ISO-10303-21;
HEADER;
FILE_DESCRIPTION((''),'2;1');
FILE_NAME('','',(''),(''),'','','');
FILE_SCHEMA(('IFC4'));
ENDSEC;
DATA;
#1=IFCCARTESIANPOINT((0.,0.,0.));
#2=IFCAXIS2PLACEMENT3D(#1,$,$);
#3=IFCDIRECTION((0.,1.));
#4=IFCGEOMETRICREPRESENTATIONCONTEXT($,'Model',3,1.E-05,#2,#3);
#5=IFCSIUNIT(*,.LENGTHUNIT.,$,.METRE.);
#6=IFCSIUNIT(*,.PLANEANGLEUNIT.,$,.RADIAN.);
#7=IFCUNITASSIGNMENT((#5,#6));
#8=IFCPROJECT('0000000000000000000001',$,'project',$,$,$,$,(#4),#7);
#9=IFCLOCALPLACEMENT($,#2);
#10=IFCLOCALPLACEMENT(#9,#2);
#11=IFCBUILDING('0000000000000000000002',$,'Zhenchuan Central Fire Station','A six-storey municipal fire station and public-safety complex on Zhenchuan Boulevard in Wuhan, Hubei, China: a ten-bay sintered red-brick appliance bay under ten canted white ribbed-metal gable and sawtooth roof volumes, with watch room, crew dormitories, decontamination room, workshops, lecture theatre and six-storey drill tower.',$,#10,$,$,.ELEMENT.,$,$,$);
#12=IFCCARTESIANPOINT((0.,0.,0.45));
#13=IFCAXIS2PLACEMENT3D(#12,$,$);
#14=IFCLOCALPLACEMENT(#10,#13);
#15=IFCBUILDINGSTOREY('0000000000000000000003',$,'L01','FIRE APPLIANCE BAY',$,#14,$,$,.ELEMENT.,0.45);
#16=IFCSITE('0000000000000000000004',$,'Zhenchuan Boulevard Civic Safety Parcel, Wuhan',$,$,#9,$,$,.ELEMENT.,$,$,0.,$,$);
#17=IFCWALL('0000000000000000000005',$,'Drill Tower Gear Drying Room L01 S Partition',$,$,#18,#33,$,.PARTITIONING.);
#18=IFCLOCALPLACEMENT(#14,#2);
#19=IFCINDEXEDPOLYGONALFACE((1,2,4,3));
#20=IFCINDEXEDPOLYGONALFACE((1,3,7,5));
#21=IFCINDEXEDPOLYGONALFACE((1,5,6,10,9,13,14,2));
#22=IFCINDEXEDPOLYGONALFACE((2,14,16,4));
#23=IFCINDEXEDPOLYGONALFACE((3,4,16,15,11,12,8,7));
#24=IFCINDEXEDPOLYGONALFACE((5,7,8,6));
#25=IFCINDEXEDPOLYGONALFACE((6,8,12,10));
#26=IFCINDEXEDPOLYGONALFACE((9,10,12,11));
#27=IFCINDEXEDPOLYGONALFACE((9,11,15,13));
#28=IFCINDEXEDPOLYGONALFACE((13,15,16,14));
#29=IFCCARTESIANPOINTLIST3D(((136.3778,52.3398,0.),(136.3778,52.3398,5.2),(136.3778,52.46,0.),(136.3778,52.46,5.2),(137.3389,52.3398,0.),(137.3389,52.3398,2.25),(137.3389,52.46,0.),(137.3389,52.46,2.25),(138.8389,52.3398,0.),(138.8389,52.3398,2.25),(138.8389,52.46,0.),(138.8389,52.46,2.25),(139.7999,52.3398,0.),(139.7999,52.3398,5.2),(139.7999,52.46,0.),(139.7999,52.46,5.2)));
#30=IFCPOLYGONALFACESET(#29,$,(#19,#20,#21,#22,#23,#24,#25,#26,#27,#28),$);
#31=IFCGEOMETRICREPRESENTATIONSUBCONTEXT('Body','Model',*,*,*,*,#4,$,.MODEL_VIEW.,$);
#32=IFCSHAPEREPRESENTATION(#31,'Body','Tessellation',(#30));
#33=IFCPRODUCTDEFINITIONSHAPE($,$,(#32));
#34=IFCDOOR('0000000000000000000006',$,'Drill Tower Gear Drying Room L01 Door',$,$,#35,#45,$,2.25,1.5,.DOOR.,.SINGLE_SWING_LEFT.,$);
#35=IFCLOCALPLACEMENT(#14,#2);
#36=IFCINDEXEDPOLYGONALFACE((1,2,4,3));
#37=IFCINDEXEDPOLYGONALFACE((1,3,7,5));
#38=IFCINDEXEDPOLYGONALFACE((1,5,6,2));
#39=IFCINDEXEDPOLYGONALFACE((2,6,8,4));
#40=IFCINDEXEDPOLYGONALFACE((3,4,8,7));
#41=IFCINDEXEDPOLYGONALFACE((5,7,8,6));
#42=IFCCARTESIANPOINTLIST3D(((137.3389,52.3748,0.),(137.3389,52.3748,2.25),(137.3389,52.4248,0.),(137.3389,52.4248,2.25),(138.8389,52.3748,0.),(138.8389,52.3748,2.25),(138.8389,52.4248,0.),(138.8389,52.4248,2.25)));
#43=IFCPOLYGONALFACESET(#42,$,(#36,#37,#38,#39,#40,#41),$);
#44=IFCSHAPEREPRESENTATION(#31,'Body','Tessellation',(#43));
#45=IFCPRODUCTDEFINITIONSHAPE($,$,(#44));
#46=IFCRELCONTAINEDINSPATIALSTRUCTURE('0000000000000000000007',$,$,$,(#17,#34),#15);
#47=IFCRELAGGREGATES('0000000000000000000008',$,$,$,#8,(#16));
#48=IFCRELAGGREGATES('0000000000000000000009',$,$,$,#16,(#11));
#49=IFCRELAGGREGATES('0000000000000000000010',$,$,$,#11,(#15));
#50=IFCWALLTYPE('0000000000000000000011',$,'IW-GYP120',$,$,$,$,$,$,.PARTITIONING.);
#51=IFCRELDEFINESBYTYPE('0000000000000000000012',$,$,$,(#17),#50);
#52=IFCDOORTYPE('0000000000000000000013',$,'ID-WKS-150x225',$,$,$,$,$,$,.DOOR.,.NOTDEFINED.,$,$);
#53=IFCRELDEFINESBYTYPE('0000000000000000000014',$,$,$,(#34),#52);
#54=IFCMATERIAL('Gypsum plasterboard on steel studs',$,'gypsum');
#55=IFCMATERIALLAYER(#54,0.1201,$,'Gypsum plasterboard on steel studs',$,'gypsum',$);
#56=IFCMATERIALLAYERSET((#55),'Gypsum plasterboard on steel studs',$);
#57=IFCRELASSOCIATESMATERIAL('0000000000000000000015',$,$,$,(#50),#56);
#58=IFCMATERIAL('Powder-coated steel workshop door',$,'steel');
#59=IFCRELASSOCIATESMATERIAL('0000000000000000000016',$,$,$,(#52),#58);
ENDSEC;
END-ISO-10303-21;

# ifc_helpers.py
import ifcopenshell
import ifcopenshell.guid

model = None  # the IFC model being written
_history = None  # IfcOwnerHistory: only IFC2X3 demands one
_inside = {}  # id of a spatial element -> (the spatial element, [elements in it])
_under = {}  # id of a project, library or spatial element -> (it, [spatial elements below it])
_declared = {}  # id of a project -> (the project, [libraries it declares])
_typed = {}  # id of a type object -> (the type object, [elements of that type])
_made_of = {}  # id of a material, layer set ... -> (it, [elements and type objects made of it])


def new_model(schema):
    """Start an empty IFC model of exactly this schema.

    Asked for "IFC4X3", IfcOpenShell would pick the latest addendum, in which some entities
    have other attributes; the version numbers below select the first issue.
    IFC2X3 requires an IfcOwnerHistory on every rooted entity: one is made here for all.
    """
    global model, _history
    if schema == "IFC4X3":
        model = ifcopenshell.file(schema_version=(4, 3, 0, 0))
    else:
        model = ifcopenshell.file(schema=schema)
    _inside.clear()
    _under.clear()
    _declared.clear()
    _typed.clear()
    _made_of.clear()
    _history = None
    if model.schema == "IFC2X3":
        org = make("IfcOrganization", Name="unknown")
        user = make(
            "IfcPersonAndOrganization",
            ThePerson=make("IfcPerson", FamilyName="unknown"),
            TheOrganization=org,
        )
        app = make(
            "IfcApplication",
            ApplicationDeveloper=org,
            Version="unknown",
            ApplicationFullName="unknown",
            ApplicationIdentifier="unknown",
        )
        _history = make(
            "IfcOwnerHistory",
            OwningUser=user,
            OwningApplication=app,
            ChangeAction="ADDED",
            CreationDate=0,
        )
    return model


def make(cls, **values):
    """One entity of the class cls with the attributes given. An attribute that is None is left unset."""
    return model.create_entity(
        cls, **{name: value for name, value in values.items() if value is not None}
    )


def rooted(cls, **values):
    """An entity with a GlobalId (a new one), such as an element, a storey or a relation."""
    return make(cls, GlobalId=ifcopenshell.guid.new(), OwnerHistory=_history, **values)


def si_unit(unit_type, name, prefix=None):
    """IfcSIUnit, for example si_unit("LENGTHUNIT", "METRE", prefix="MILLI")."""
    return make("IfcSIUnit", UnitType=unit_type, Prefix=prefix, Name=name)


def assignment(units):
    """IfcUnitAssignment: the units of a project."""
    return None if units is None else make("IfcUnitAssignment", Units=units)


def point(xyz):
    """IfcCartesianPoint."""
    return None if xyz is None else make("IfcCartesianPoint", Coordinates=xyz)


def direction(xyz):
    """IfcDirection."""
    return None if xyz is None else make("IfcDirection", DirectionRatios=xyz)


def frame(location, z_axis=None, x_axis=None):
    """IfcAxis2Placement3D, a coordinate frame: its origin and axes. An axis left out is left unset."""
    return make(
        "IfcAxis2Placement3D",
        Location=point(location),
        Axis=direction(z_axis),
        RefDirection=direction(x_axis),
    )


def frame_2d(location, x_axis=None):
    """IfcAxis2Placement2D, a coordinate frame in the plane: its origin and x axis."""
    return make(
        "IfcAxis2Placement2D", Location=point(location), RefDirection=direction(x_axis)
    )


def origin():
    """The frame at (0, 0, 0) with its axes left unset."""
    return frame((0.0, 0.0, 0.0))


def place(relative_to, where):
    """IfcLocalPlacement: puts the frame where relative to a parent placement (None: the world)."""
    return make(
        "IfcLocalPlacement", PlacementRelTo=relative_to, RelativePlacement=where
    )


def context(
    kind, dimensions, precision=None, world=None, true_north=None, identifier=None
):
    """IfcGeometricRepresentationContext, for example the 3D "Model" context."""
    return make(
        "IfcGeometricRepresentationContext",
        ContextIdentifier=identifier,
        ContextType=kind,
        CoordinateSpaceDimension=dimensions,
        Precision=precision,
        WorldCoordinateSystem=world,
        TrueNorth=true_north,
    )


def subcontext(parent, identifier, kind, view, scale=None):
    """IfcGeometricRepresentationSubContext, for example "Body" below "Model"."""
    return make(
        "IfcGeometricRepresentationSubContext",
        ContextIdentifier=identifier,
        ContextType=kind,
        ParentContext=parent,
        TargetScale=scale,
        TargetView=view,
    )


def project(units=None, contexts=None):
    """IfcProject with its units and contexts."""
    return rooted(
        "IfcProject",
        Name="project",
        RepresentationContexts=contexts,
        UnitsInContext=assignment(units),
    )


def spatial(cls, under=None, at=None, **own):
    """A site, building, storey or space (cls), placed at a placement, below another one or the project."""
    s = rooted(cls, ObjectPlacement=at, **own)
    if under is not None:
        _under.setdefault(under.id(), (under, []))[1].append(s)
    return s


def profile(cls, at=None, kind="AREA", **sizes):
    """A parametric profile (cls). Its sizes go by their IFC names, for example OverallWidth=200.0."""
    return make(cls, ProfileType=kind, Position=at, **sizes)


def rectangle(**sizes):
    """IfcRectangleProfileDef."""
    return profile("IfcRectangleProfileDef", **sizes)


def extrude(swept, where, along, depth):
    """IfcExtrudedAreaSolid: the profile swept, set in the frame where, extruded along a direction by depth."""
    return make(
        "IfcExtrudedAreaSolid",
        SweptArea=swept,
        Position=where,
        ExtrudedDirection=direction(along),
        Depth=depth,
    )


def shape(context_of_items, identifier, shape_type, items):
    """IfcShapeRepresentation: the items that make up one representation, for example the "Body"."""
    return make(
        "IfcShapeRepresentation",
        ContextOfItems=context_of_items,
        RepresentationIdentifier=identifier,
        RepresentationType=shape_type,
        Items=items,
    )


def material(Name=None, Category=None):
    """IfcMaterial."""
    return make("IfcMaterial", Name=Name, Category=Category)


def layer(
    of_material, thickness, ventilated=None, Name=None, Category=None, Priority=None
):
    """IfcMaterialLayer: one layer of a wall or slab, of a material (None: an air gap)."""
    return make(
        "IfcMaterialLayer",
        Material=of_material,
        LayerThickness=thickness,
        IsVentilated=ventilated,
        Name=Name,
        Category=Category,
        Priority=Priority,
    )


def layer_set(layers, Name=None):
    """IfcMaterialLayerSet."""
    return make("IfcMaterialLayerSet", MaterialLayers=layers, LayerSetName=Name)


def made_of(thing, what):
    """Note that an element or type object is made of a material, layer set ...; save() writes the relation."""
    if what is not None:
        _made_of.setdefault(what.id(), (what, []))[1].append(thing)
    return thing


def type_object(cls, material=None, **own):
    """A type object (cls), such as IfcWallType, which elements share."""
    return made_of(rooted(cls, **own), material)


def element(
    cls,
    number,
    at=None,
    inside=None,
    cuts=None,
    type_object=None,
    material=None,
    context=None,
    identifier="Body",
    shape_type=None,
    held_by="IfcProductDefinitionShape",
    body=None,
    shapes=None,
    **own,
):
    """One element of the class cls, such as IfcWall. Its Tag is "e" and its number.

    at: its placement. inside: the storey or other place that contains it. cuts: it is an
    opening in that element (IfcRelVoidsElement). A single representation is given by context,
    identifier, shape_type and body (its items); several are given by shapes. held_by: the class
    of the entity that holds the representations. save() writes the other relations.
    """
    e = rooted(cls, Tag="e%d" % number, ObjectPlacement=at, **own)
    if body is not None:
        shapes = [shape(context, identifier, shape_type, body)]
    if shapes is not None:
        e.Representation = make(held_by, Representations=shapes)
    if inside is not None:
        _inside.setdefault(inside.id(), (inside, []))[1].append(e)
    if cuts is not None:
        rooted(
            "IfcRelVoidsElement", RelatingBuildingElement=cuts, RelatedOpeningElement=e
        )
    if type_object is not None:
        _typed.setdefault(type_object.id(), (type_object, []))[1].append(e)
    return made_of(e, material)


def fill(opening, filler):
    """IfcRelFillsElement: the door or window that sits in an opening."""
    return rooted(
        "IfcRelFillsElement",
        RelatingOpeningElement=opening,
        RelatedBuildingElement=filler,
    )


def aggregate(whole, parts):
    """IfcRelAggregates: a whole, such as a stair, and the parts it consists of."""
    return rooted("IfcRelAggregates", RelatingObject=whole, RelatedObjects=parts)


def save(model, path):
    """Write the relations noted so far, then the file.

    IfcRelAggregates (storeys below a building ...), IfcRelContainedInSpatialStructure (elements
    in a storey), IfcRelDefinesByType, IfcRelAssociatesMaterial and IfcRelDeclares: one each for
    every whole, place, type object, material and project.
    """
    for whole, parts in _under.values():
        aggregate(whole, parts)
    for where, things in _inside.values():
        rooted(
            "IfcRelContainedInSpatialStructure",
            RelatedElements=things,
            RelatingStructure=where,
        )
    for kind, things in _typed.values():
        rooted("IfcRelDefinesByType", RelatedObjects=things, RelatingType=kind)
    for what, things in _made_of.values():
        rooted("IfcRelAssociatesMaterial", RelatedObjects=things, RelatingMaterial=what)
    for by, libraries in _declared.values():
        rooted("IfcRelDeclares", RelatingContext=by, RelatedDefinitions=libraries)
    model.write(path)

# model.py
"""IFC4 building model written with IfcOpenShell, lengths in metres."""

from ifc_helpers import new_model, si_unit, direction, frame, frame_2d, origin, place, context, subcontext, project, spatial, rectangle, extrude, material, layer, layer_set, type_object, element, fill, save


model = new_model("IFC4")

# Units and contexts
model_context = context("Model", 3, precision=1e-05, world=origin(), true_north=direction((0.0, 1.0)))
body_context = subcontext(model_context, "Body", "Model", "MODEL_VIEW")
ifc_project = project(units=[si_unit("LENGTHUNIT", "METRE"), si_unit("PLANEANGLEUNIT", "RADIAN")], contexts=[model_context])

# Site, building, storey
site_placement = place(None, origin())
site = spatial("IfcSite", under=ifc_project, at=site_placement, Name="Zhenchuan Boulevard Civic Safety Parcel, Wuhan", CompositionType="ELEMENT", RefElevation=0.0)
building_placement = place(site_placement, origin())
building = spatial("IfcBuilding", under=site, at=building_placement, Name="Zhenchuan Central Fire Station", Description="A six-storey municipal fire station and public-safety complex on Zhenchuan Boulevard in Wuhan, Hubei, China: a ten-bay sintered red-brick appliance bay under ten canted white ribbed-metal gable and sawtooth roof volumes, with watch room, crew dormitories, decontamination room, workshops, lecture theatre and six-storey drill tower.", CompositionType="ELEMENT")
storey_placement = place(building_placement, frame((0.0, 0.0, 0.45)))
storey = spatial("IfcBuildingStorey", under=building, at=storey_placement, Name="L01", Description="FIRE APPLIANCE BAY", CompositionType="ELEMENT", Elevation=0.45)

# Wall, opening, door
ifc_material_1 = material(Name="Gypsum plasterboard on steel studs", Category="gypsum")
ifc_layer_1 = layer(ifc_material_1, 0.1201, Name="Gypsum plasterboard on steel studs", Category="gypsum")
ifc_layer_set_1 = layer_set([ifc_layer_1], Name="Gypsum plasterboard on steel studs")
wall_type_1 = type_object("IfcWallType", Name="IW-GYP120", PredefinedType="PARTITIONING", material=ifc_layer_set_1)
wall_1_placement = place(storey_placement, frame((136.3779, 52.3999, 0.0), z_axis=(0.0, 0.0, 1.0), x_axis=(1.0, 0.0, 0.0)))
wall_1 = element("IfcWall", 1, at=wall_1_placement, inside=storey, type_object=wall_type_1, Name="Drill Tower Gear Drying Room L01 S Partition", PredefinedType="PARTITIONING", context=body_context, shape_type="SweptSolid", body=[
    extrude(rectangle(XDim=3.4221, YDim=0.1201, at=frame_2d((1.7109, 0.0))), origin(), (0.0, 0.0, 1.0), 5.2),
])
opening_1_placement = place(wall_1_placement, frame((0.9609, 0.0, 0.0)))
opening_1 = element("IfcOpeningElement", 2, at=opening_1_placement, cuts=wall_1, PredefinedType="OPENING", context=body_context, shape_type="SweptSolid", body=[
    extrude(rectangle(XDim=1.5, YDim=2.25, at=frame_2d((0.75, 1.125))), frame((0.0, 0.0701, 0.0), z_axis=(0.0, -1.0, 0.0), x_axis=(1.0, 0.0, 0.0)), (0.0, 0.0, 1.0), 0.1401),
])
ifc_material_2 = material(Name="Powder-coated steel workshop door", Category="steel")
door_type_1 = type_object("IfcDoorType", Name="ID-WKS-150x225", OperationType="NOTDEFINED", PredefinedType="DOOR", material=ifc_material_2)
door_1_placement = place(opening_1_placement, origin())
door_1 = element("IfcDoor", 3, at=door_1_placement, inside=storey, type_object=door_type_1, Name="Drill Tower Gear Drying Room L01 Door", OperationType="SINGLE_SWING_LEFT", OverallHeight=2.25, OverallWidth=1.5, PredefinedType="DOOR", context=body_context, shape_type="SweptSolid", body=[
    extrude(rectangle(XDim=1.5, YDim=2.25, at=frame_2d((0.75, 1.125))), frame((0.0, 0.0249, 0.0), z_axis=(0.0, -1.0, 0.0), x_axis=(1.0, 0.0, 0.0)), (0.0, 0.0, 1.0), 0.05),
])
fill(opening_1, door_1)

save(model, "model.ifc")
